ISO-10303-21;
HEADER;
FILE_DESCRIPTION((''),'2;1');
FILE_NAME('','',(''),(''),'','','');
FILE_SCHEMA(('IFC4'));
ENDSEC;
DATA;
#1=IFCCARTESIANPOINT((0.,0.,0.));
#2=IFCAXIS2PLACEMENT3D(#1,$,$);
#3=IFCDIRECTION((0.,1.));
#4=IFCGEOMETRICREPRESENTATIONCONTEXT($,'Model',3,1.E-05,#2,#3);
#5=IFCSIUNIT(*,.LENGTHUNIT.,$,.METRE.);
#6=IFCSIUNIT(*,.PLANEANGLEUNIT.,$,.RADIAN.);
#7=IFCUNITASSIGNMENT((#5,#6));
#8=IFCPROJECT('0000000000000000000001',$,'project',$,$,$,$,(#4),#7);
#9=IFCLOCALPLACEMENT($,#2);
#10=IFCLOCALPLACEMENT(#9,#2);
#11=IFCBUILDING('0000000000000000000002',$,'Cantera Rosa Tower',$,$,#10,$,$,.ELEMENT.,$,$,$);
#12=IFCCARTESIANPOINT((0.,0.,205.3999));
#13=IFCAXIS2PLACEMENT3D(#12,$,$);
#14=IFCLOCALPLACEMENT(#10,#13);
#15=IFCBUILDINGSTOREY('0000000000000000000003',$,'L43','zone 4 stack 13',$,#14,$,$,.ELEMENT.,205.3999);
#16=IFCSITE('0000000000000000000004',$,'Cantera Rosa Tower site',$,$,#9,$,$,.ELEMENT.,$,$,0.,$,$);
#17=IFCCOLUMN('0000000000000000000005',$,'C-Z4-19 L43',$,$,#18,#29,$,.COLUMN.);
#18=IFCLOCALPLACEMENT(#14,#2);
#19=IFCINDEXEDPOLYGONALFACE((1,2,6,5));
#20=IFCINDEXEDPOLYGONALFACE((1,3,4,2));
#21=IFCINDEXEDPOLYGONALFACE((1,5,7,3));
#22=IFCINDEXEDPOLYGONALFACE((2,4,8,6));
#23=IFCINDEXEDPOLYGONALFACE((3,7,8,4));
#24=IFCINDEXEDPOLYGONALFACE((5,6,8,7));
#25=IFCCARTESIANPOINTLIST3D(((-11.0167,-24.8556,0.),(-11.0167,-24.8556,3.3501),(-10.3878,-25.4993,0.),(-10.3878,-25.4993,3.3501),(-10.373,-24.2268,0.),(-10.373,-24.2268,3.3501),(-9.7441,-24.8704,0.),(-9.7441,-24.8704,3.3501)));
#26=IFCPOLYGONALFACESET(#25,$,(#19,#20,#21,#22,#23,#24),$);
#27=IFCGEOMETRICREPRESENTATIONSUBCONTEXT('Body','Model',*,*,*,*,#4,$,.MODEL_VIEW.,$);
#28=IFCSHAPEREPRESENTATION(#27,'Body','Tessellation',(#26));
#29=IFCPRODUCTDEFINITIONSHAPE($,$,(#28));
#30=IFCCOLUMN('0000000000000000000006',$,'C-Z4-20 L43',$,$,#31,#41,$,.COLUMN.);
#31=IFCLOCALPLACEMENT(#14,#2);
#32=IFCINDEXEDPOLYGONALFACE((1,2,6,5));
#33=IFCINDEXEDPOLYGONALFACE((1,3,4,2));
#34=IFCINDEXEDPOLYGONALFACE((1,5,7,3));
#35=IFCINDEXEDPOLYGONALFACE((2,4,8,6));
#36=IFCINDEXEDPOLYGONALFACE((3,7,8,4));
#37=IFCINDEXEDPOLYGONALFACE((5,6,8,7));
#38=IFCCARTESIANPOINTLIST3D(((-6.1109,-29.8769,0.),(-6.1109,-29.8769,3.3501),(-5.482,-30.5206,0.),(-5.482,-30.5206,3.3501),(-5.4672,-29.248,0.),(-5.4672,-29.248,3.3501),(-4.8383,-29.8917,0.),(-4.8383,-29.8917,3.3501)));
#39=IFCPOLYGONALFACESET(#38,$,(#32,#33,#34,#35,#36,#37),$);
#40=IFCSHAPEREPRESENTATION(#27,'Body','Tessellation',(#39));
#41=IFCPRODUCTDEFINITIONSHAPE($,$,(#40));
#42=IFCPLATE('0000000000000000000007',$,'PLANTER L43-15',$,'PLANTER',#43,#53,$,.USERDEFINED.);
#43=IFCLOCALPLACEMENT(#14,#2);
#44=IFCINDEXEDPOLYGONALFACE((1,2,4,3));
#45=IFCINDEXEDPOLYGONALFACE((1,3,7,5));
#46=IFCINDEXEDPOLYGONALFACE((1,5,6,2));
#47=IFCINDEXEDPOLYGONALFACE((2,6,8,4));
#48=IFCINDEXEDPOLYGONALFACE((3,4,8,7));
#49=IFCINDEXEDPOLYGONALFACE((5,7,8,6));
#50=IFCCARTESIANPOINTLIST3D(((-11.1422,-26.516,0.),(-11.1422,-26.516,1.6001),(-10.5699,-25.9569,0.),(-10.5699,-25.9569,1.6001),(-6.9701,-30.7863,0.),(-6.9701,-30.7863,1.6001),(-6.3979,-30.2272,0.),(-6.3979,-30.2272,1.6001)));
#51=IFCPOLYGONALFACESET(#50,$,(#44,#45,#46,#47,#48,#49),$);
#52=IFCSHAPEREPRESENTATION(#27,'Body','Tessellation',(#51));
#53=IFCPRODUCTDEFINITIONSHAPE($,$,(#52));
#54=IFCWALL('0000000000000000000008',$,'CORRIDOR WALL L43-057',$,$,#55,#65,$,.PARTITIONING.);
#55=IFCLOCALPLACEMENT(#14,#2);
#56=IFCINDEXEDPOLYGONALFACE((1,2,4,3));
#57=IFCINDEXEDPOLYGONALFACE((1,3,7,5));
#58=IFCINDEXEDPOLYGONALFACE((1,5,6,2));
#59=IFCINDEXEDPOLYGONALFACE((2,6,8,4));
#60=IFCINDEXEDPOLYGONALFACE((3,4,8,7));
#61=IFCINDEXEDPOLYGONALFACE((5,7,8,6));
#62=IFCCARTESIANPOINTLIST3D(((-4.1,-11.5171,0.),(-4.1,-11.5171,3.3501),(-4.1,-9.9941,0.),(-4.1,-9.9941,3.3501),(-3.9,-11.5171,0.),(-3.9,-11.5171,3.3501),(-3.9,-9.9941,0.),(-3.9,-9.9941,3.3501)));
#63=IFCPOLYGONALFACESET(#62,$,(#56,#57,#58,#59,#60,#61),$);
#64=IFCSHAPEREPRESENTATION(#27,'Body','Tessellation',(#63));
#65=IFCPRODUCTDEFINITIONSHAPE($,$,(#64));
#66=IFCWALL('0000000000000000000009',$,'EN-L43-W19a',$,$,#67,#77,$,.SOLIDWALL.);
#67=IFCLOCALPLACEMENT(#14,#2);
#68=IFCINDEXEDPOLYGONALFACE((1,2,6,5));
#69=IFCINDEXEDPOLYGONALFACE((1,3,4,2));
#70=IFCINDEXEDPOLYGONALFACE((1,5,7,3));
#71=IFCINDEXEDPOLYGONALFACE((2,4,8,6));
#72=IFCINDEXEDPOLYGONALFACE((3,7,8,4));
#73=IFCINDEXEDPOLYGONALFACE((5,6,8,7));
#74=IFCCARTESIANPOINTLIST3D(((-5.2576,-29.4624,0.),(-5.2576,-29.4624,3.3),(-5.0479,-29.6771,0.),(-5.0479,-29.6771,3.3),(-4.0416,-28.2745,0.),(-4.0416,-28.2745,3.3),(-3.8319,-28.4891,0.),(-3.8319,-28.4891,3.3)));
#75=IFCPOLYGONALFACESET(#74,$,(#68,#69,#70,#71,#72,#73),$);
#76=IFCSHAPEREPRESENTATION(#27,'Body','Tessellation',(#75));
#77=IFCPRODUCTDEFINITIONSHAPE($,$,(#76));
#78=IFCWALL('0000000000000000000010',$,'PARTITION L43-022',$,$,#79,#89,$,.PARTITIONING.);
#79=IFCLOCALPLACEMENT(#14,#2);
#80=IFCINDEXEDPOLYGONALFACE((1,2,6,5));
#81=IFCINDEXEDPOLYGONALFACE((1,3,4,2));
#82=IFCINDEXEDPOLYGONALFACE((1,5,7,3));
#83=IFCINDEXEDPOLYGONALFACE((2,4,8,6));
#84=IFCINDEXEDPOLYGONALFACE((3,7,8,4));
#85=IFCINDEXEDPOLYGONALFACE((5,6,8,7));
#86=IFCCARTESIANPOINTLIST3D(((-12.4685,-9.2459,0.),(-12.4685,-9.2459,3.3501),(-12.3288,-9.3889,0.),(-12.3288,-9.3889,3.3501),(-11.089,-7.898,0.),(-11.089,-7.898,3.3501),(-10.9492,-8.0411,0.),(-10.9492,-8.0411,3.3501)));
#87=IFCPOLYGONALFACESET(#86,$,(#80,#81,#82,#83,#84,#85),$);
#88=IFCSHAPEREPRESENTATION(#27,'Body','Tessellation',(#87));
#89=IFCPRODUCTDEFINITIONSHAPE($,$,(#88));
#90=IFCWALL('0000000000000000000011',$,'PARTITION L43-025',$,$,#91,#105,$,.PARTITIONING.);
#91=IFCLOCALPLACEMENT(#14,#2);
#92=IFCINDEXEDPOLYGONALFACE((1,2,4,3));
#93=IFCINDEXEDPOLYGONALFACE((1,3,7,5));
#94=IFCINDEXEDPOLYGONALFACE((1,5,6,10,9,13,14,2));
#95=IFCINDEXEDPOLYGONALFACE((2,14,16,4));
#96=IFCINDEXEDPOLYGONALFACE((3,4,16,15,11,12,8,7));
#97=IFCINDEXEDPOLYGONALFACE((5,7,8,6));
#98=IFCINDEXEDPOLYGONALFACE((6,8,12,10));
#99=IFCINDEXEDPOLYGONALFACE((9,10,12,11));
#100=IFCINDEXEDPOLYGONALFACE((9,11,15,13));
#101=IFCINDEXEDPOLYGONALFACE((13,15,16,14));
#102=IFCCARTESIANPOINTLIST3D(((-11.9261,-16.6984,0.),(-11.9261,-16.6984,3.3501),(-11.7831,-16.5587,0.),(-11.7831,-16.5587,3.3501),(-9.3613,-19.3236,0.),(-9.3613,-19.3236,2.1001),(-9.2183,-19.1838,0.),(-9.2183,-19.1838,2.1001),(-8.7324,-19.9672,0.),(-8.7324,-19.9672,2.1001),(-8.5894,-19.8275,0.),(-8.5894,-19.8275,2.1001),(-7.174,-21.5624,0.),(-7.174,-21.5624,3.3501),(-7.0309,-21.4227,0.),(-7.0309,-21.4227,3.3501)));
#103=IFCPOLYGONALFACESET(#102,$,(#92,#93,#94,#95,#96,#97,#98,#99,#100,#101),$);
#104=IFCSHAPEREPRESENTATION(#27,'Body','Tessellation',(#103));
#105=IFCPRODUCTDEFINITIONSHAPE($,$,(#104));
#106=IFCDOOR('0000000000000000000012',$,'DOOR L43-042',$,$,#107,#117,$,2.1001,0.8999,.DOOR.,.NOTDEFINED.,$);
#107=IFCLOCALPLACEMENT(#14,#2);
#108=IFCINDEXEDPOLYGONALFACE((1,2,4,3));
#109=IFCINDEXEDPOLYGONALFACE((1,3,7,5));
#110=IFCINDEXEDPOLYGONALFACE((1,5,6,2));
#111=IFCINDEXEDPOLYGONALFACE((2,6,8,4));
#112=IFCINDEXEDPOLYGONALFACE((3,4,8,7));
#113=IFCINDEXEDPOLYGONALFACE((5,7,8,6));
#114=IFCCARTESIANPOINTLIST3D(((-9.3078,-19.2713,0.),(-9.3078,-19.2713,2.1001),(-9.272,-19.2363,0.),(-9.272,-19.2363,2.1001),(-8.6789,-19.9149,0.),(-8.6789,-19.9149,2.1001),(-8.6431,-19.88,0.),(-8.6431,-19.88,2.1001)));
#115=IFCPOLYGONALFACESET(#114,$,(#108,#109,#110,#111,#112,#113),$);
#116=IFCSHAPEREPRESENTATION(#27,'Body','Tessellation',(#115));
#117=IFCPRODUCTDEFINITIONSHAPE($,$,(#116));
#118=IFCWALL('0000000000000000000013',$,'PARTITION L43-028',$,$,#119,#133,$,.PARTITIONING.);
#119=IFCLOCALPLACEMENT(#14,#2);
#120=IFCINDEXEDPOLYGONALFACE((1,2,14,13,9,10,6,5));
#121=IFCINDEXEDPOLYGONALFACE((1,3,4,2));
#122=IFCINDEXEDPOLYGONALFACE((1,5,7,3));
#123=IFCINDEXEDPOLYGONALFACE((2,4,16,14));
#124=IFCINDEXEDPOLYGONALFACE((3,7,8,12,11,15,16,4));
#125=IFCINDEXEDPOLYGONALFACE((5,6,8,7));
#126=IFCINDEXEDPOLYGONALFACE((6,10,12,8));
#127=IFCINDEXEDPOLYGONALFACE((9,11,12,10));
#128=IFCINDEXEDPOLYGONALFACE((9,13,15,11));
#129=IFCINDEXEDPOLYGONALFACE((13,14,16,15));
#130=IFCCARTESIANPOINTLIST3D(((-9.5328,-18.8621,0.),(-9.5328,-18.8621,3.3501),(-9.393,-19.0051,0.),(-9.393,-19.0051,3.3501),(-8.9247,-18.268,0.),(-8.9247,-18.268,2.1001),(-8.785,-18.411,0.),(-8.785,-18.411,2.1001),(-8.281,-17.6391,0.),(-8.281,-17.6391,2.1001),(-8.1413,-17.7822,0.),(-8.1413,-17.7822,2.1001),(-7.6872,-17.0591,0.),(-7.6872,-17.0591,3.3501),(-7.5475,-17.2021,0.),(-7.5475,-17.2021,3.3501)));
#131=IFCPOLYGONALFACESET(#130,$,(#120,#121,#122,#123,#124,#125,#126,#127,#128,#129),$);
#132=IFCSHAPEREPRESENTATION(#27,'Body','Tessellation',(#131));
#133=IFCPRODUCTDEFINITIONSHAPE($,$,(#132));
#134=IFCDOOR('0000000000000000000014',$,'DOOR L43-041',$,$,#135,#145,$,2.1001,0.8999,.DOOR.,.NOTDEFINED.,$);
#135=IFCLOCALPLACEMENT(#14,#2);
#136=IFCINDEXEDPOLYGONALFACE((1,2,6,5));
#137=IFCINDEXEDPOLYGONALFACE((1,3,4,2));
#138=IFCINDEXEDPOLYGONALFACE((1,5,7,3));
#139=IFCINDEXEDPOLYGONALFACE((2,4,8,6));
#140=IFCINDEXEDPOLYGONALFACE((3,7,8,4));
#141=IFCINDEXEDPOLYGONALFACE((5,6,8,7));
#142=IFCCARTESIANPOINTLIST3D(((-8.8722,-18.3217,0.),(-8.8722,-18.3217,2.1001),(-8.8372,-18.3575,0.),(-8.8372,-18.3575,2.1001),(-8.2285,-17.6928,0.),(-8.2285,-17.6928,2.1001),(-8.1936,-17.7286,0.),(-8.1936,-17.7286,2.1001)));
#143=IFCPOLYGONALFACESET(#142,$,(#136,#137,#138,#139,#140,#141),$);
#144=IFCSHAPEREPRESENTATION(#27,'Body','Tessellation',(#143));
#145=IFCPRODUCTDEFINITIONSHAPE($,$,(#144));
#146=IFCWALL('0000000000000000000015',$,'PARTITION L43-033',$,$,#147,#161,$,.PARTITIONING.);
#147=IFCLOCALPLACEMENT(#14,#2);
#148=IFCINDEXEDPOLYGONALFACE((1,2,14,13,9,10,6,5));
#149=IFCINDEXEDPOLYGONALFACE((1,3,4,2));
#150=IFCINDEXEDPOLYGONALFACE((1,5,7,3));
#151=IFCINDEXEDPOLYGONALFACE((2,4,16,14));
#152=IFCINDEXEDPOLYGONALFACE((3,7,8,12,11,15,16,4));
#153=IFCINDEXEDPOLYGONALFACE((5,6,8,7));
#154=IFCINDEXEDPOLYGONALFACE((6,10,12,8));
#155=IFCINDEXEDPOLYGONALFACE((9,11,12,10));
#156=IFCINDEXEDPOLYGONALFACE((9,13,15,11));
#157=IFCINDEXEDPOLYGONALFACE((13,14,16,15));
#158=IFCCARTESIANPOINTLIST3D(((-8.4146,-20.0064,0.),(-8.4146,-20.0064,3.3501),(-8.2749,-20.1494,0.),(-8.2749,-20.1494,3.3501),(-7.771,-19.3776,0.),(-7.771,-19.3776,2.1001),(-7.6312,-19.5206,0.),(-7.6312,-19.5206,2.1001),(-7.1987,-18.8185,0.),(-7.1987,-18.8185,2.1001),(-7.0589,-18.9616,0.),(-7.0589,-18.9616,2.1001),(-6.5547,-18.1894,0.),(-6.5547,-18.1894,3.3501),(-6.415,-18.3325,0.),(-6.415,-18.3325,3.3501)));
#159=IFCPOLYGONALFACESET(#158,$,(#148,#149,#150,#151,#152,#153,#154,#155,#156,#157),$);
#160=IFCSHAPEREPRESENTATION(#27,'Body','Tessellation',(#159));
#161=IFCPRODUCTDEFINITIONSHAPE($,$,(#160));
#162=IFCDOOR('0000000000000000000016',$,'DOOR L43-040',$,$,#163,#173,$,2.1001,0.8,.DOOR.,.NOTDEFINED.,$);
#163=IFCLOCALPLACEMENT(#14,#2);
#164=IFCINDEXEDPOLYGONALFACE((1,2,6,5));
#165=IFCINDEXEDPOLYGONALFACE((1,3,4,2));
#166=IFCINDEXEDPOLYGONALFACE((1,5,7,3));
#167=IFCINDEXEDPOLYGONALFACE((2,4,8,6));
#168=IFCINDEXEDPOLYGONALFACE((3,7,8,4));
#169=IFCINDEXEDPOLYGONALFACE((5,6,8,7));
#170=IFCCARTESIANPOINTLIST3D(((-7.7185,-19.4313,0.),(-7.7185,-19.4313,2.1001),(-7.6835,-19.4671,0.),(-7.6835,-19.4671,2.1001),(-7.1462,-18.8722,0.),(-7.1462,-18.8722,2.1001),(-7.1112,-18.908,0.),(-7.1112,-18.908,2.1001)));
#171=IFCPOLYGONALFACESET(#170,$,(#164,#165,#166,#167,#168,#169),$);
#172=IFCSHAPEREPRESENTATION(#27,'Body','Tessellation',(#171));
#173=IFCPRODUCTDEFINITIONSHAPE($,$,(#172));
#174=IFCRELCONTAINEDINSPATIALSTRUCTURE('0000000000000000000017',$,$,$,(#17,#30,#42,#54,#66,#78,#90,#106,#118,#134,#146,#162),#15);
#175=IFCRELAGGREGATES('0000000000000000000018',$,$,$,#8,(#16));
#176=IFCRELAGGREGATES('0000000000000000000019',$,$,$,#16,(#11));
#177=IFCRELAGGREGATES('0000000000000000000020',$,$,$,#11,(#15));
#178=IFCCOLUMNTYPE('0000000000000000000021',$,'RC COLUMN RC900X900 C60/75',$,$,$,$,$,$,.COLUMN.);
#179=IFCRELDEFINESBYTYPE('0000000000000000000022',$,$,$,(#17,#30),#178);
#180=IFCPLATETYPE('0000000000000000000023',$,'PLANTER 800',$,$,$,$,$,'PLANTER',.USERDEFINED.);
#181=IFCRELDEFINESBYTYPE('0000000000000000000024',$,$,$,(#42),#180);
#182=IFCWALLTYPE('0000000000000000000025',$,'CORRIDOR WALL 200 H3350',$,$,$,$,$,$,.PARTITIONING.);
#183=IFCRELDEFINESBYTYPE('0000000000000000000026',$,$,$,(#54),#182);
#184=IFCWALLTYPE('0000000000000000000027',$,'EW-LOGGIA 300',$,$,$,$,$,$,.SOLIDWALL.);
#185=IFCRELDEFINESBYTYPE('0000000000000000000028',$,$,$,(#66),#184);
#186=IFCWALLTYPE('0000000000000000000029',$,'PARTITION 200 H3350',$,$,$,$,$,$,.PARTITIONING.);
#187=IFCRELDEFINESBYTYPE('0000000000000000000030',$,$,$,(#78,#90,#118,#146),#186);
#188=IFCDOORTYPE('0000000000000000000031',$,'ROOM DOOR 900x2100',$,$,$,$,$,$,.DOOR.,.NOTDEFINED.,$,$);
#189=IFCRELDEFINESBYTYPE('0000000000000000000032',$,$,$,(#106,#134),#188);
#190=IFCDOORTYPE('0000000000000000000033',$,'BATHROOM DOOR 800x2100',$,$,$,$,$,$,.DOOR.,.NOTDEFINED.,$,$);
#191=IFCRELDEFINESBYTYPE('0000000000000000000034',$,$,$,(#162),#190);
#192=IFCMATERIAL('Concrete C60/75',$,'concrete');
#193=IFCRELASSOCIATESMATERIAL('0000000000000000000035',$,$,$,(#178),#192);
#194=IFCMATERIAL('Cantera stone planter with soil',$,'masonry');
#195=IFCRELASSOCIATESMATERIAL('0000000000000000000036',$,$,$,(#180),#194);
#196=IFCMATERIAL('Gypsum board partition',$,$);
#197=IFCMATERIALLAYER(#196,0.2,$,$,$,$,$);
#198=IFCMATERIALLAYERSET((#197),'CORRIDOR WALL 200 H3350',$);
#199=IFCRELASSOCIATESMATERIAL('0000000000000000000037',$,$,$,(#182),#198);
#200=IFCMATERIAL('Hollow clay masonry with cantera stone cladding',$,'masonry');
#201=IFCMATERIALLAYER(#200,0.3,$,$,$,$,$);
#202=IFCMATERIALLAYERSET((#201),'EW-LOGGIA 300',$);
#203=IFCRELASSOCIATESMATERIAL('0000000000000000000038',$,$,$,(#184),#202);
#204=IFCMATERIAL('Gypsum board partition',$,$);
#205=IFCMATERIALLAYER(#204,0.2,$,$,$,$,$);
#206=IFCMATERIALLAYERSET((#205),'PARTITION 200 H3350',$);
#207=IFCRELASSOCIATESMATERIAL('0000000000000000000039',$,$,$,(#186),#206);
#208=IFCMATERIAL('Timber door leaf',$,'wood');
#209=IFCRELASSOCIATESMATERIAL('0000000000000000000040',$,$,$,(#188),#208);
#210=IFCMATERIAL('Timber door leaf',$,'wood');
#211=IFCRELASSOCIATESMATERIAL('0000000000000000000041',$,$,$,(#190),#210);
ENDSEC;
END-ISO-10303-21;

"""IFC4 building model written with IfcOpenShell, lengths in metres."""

from ifc_helpers import new_model, si_unit, direction, frame, frame_2d, origin, origin_2d, place, context, subcontext, project, spatial, rectangle, extrude, material, layer, layer_set, material_profile, profile_set, type_object, element, fill, save


model = new_model("IFC4")

# Units and contexts
model_context = context("Model", 3, precision=1e-05, world=origin(), true_north=direction((0.0, 1.0)))
body_context = subcontext(model_context, "Body", "Model", "MODEL_VIEW")
ifc_project = project(units=[si_unit("LENGTHUNIT", "METRE"), si_unit("PLANEANGLEUNIT", "RADIAN")], contexts=[model_context])

# Site, building, storey
site_placement = place(None, origin())
site = spatial("IfcSite", under=ifc_project, at=site_placement, Name="Cantera Rosa Tower site", CompositionType="ELEMENT", RefElevation=0.0)
building_placement = place(site_placement, origin())
building = spatial("IfcBuilding", under=site, at=building_placement, Name="Cantera Rosa Tower", CompositionType="ELEMENT")
storey_placement = place(building_placement, frame((0.0, 0.0, 205.3999)))
storey = spatial("IfcBuildingStorey", under=building, at=storey_placement, Name="L43", Description="zone 4 stack 13", CompositionType="ELEMENT", Elevation=205.3999)

# Columns
ifc_material_1 = material(Name="Concrete C60/75", Category="concrete")
ifc_material_profile = material_profile(ifc_material_1, rectangle(XDim=0.8999, YDim=0.8999, at=origin_2d()), Name="RC COLUMN RC900X900 C60/75")
ifc_profile_set = profile_set([ifc_material_profile], Name="Concrete C60/75")
column_type = type_object("IfcColumnType", Name="RC COLUMN RC900X900 C60/75", PredefinedType="COLUMN", material=ifc_profile_set)
for number, where, z_axis, x_axis, name in (
    (1, (-10.3804, -24.863, 0.0), (0.0, 0.0, 1.0), (0.715286, 0.698832, 0.0), "C-Z4-19 L43"),
    (2, (-5.4746, -29.8843, 0.0), (0.0, 0.0, 1.0), (0.715286, 0.698832, 0.0), "C-Z4-20 L43"),
):
    element("IfcColumn", number, at=place(storey_placement, frame(where, z_axis=z_axis, x_axis=x_axis)), inside=storey, type_object=column_type, Name=name, PredefinedType="COLUMN", context=body_context, shape_type="SweptSolid", body=[
        extrude(rectangle(XDim=0.8999, YDim=0.8999, at=origin_2d()), origin(), (0.0, 0.0, 1.0), 3.3501),
    ])

# Plate
ifc_material_2 = material(Name="Cantera stone planter with soil", Category="masonry")
plate_type = type_object("IfcPlateType", Name="PLANTER 800", ElementType="PLANTER", PredefinedType="USERDEFINED", material=ifc_material_2)
plate_placement = place(storey_placement, frame((-8.77, -28.3716, 0.0), z_axis=(0.0, 0.0, 1.0), x_axis=(0.698832, -0.715286, 0.0)))
element("IfcPlate", 3, at=plate_placement, inside=storey, type_object=plate_type, Name="PLANTER L43-15", ObjectType="PLANTER", PredefinedType="USERDEFINED", context=body_context, shape_type="SweptSolid", body=[
    extrude(rectangle(XDim=5.97, YDim=0.8, at=origin_2d()), origin(), (0.0, 0.0, 1.0), 1.6001),
])

# Walls
ifc_material_3 = material(Name="Gypsum board partition")
ifc_layer_1 = layer(ifc_material_3, 0.2)
ifc_layer_set_1 = layer_set([ifc_layer_1], Name="CORRIDOR WALL 200 H3350")
wall_type_1 = type_object("IfcWallType", Name="CORRIDOR WALL 200 H3350", PredefinedType="PARTITIONING", material=ifc_layer_set_1)
wall_1_placement = place(storey_placement, frame((-4.0, -9.9941, 0.0), z_axis=(0.0, 0.0, 1.0), x_axis=(0.0, -1.0, 0.0)))
element("IfcWall", 4, at=wall_1_placement, inside=storey, type_object=wall_type_1, Name="CORRIDOR WALL L43-057", PredefinedType="PARTITIONING", context=body_context, shape_type="SweptSolid", body=[
    extrude(rectangle(XDim=1.5229, YDim=0.2, at=frame_2d((0.7615, 0.0))), origin(), (0.0, 0.0, 1.0), 3.3501),
])
ifc_material_4 = material(Name="Hollow clay masonry with cantera stone cladding", Category="masonry")
ifc_layer_2 = layer(ifc_material_4, 0.3)
ifc_layer_set_2 = layer_set([ifc_layer_2], Name="EW-LOGGIA 300")
wall_type_2 = type_object("IfcWallType", Name="EW-LOGGIA 300", PredefinedType="SOLIDWALL", material=ifc_layer_set_2)
wall_2_placement = place(storey_placement, frame((-5.1528, -29.5698, 0.0), z_axis=(0.0, 0.0, 1.0), x_axis=(0.715316, 0.698801, 0.0)))
element("IfcWall", 5, at=wall_2_placement, inside=storey, type_object=wall_type_2, Name="EN-L43-W19a", PredefinedType="SOLIDWALL", context=body_context, shape_type="SweptSolid", body=[
    extrude(rectangle(XDim=1.7, YDim=0.3, at=frame_2d((0.8501, 0.0))), origin(), (0.0, 0.0, 1.0), 3.3),
])

# Wall
ifc_material_5 = material(Name="Gypsum board partition")
ifc_layer_3 = layer(ifc_material_5, 0.2)
ifc_layer_set_3 = layer_set([ifc_layer_3], Name="PARTITION 200 H3350")
wall_type_3 = type_object("IfcWallType", Name="PARTITION 200 H3350", PredefinedType="PARTITIONING", material=ifc_layer_set_3)
wall_3_placement = place(storey_placement, frame((-12.3987, -9.3174, 0.0), z_axis=(0.0, 0.0, 1.0), x_axis=(0.715286, 0.698831, 0.0)))
element("IfcWall", 6, at=wall_3_placement, inside=storey, type_object=wall_type_3, Name="PARTITION L43-022", PredefinedType="PARTITIONING", context=body_context, shape_type="SweptSolid", body=[
    extrude(rectangle(XDim=1.9287, YDim=0.2, at=frame_2d((0.9644, 0.0))), origin(), (0.0, 0.0, 1.0), 3.3501),
])

# Walls, openings, doors
wall_4_placement = place(storey_placement, frame((-11.8545, -16.6287, 0.0), z_axis=(0.0, 0.0, 1.0), x_axis=(0.698837, -0.715281, 0.0)))
wall_4 = element("IfcWall", 7, at=wall_4_placement, inside=storey, type_object=wall_type_3, Name="PARTITION L43-025", PredefinedType="PARTITIONING", context=body_context, shape_type="SweptSolid", body=[
    extrude(rectangle(XDim=6.8, YDim=0.2, at=frame_2d((3.3999, 0.0))), origin(), (0.0, 0.0, 1.0), 3.3501),
])
opening_1_placement = place(wall_4_placement, frame((3.6699, 0.0, 0.0)))
opening_1 = element("IfcOpeningElement", 8, at=opening_1_placement, cuts=wall_4, PredefinedType="OPENING", context=body_context, shape_type="SweptSolid", body=[
    extrude(rectangle(XDim=0.8999, YDim=2.1001, at=frame_2d((0.45, 1.05))), frame((0.0, 0.1099, 0.0), z_axis=(0.0, -1.0, 0.0), x_axis=(1.0, 0.0, 0.0)), (0.0, 0.0, 1.0), 0.22),
])
ifc_material_6 = material(Name="Timber door leaf", Category="wood")
door_type_1 = type_object("IfcDoorType", Name="ROOM DOOR 900x2100", OperationType="NOTDEFINED", PredefinedType="DOOR", material=ifc_material_6)
door_1_placement = place(opening_1_placement, origin())
door_1 = element("IfcDoor", 9, at=door_1_placement, inside=storey, type_object=door_type_1, Name="DOOR L43-042", OperationType="NOTDEFINED", OverallHeight=2.1001, OverallWidth=0.8999, PredefinedType="DOOR", context=body_context, shape_type="SweptSolid", body=[
    extrude(rectangle(XDim=0.8999, YDim=2.1001, at=frame_2d((0.45, 1.05))), frame((0.0, 0.0249, 0.0), z_axis=(0.0, -1.0, 0.0), x_axis=(1.0, 0.0, 0.0)), (0.0, 0.0, 1.0), 0.05),
])
fill(opening_1, door_1)
wall_5_placement = place(storey_placement, frame((-9.4629, -18.9336, 0.0), z_axis=(0.0, 0.0, 1.0), x_axis=(0.715291, 0.698826, 0.0)))
wall_5 = element("IfcWall", 10, at=wall_5_placement, inside=storey, type_object=wall_type_3, Name="PARTITION L43-028", PredefinedType="PARTITIONING", context=body_context, shape_type="SweptSolid", body=[
    extrude(rectangle(XDim=2.5801, YDim=0.2, at=frame_2d((1.29, 0.0))), origin(), (0.0, 0.0, 1.0), 3.3501),
])
opening_2_placement = place(wall_5_placement, frame((0.8501, 0.0, 0.0)))
opening_2 = element("IfcOpeningElement", 11, at=opening_2_placement, cuts=wall_5, PredefinedType="OPENING", context=body_context, shape_type="SweptSolid", body=[
    extrude(rectangle(XDim=0.8999, YDim=2.1001, at=frame_2d((0.45, 1.05))), frame((0.0, 0.1099, 0.0), z_axis=(0.0, -1.0, 0.0), x_axis=(1.0, 0.0, 0.0)), (0.0, 0.0, 1.0), 0.22),
])
door_2_placement = place(opening_2_placement, origin())
door_2 = element("IfcDoor", 12, at=door_2_placement, inside=storey, type_object=door_type_1, Name="DOOR L43-041", OperationType="NOTDEFINED", OverallHeight=2.1001, OverallWidth=0.8999, PredefinedType="DOOR", context=body_context, shape_type="SweptSolid", body=[
    extrude(rectangle(XDim=0.8999, YDim=2.1001, at=frame_2d((0.45, 1.05))), frame((0.0, 0.0249, 0.0), z_axis=(0.0, -1.0, 0.0), x_axis=(1.0, 0.0, 0.0)), (0.0, 0.0, 1.0), 0.05),
])
fill(opening_2, door_2)
wall_6_placement = place(storey_placement, frame((-8.3447, -20.0779, 0.0), z_axis=(0.0, 0.0, 1.0), x_axis=(0.715322, 0.698795, 0.0)))
wall_6 = element("IfcWall", 13, at=wall_6_placement, inside=storey, type_object=wall_type_3, Name="PARTITION L43-033", PredefinedType="PARTITIONING", context=body_context, shape_type="SweptSolid", body=[
    extrude(rectangle(XDim=2.6001, YDim=0.2, at=frame_2d((1.3, 0.0))), origin(), (0.0, 0.0, 1.0), 3.3501),
])
opening_3_placement = place(wall_6_placement, frame((0.8999, 0.0, 0.0)))
opening_3 = element("IfcOpeningElement", 14, at=opening_3_placement, cuts=wall_6, PredefinedType="OPENING", context=body_context, shape_type="SweptSolid", body=[
    extrude(rectangle(XDim=0.8, YDim=2.1001, at=frame_2d((0.3999, 1.05))), frame((0.0, 0.1099, 0.0), z_axis=(0.0, -1.0, 0.0), x_axis=(1.0, 0.0, 0.0)), (0.0, 0.0, 1.0), 0.22),
])
ifc_material_7 = material(Name="Timber door leaf", Category="wood")
door_type_2 = type_object("IfcDoorType", Name="BATHROOM DOOR 800x2100", OperationType="NOTDEFINED", PredefinedType="DOOR", material=ifc_material_7)
door_3_placement = place(opening_3_placement, origin())
door_3 = element("IfcDoor", 15, at=door_3_placement, inside=storey, type_object=door_type_2, Name="DOOR L43-040", OperationType="NOTDEFINED", OverallHeight=2.1001, OverallWidth=0.8, PredefinedType="DOOR", context=body_context, shape_type="SweptSolid", body=[
    extrude(rectangle(XDim=0.8, YDim=2.1001, at=frame_2d((0.3999, 1.05))), frame((0.0, 0.0249, 0.0), z_axis=(0.0, -1.0, 0.0), x_axis=(1.0, 0.0, 0.0)), (0.0, 0.0, 1.0), 0.05),
])
fill(opening_3, door_3)

save(model, "model.ifc")
